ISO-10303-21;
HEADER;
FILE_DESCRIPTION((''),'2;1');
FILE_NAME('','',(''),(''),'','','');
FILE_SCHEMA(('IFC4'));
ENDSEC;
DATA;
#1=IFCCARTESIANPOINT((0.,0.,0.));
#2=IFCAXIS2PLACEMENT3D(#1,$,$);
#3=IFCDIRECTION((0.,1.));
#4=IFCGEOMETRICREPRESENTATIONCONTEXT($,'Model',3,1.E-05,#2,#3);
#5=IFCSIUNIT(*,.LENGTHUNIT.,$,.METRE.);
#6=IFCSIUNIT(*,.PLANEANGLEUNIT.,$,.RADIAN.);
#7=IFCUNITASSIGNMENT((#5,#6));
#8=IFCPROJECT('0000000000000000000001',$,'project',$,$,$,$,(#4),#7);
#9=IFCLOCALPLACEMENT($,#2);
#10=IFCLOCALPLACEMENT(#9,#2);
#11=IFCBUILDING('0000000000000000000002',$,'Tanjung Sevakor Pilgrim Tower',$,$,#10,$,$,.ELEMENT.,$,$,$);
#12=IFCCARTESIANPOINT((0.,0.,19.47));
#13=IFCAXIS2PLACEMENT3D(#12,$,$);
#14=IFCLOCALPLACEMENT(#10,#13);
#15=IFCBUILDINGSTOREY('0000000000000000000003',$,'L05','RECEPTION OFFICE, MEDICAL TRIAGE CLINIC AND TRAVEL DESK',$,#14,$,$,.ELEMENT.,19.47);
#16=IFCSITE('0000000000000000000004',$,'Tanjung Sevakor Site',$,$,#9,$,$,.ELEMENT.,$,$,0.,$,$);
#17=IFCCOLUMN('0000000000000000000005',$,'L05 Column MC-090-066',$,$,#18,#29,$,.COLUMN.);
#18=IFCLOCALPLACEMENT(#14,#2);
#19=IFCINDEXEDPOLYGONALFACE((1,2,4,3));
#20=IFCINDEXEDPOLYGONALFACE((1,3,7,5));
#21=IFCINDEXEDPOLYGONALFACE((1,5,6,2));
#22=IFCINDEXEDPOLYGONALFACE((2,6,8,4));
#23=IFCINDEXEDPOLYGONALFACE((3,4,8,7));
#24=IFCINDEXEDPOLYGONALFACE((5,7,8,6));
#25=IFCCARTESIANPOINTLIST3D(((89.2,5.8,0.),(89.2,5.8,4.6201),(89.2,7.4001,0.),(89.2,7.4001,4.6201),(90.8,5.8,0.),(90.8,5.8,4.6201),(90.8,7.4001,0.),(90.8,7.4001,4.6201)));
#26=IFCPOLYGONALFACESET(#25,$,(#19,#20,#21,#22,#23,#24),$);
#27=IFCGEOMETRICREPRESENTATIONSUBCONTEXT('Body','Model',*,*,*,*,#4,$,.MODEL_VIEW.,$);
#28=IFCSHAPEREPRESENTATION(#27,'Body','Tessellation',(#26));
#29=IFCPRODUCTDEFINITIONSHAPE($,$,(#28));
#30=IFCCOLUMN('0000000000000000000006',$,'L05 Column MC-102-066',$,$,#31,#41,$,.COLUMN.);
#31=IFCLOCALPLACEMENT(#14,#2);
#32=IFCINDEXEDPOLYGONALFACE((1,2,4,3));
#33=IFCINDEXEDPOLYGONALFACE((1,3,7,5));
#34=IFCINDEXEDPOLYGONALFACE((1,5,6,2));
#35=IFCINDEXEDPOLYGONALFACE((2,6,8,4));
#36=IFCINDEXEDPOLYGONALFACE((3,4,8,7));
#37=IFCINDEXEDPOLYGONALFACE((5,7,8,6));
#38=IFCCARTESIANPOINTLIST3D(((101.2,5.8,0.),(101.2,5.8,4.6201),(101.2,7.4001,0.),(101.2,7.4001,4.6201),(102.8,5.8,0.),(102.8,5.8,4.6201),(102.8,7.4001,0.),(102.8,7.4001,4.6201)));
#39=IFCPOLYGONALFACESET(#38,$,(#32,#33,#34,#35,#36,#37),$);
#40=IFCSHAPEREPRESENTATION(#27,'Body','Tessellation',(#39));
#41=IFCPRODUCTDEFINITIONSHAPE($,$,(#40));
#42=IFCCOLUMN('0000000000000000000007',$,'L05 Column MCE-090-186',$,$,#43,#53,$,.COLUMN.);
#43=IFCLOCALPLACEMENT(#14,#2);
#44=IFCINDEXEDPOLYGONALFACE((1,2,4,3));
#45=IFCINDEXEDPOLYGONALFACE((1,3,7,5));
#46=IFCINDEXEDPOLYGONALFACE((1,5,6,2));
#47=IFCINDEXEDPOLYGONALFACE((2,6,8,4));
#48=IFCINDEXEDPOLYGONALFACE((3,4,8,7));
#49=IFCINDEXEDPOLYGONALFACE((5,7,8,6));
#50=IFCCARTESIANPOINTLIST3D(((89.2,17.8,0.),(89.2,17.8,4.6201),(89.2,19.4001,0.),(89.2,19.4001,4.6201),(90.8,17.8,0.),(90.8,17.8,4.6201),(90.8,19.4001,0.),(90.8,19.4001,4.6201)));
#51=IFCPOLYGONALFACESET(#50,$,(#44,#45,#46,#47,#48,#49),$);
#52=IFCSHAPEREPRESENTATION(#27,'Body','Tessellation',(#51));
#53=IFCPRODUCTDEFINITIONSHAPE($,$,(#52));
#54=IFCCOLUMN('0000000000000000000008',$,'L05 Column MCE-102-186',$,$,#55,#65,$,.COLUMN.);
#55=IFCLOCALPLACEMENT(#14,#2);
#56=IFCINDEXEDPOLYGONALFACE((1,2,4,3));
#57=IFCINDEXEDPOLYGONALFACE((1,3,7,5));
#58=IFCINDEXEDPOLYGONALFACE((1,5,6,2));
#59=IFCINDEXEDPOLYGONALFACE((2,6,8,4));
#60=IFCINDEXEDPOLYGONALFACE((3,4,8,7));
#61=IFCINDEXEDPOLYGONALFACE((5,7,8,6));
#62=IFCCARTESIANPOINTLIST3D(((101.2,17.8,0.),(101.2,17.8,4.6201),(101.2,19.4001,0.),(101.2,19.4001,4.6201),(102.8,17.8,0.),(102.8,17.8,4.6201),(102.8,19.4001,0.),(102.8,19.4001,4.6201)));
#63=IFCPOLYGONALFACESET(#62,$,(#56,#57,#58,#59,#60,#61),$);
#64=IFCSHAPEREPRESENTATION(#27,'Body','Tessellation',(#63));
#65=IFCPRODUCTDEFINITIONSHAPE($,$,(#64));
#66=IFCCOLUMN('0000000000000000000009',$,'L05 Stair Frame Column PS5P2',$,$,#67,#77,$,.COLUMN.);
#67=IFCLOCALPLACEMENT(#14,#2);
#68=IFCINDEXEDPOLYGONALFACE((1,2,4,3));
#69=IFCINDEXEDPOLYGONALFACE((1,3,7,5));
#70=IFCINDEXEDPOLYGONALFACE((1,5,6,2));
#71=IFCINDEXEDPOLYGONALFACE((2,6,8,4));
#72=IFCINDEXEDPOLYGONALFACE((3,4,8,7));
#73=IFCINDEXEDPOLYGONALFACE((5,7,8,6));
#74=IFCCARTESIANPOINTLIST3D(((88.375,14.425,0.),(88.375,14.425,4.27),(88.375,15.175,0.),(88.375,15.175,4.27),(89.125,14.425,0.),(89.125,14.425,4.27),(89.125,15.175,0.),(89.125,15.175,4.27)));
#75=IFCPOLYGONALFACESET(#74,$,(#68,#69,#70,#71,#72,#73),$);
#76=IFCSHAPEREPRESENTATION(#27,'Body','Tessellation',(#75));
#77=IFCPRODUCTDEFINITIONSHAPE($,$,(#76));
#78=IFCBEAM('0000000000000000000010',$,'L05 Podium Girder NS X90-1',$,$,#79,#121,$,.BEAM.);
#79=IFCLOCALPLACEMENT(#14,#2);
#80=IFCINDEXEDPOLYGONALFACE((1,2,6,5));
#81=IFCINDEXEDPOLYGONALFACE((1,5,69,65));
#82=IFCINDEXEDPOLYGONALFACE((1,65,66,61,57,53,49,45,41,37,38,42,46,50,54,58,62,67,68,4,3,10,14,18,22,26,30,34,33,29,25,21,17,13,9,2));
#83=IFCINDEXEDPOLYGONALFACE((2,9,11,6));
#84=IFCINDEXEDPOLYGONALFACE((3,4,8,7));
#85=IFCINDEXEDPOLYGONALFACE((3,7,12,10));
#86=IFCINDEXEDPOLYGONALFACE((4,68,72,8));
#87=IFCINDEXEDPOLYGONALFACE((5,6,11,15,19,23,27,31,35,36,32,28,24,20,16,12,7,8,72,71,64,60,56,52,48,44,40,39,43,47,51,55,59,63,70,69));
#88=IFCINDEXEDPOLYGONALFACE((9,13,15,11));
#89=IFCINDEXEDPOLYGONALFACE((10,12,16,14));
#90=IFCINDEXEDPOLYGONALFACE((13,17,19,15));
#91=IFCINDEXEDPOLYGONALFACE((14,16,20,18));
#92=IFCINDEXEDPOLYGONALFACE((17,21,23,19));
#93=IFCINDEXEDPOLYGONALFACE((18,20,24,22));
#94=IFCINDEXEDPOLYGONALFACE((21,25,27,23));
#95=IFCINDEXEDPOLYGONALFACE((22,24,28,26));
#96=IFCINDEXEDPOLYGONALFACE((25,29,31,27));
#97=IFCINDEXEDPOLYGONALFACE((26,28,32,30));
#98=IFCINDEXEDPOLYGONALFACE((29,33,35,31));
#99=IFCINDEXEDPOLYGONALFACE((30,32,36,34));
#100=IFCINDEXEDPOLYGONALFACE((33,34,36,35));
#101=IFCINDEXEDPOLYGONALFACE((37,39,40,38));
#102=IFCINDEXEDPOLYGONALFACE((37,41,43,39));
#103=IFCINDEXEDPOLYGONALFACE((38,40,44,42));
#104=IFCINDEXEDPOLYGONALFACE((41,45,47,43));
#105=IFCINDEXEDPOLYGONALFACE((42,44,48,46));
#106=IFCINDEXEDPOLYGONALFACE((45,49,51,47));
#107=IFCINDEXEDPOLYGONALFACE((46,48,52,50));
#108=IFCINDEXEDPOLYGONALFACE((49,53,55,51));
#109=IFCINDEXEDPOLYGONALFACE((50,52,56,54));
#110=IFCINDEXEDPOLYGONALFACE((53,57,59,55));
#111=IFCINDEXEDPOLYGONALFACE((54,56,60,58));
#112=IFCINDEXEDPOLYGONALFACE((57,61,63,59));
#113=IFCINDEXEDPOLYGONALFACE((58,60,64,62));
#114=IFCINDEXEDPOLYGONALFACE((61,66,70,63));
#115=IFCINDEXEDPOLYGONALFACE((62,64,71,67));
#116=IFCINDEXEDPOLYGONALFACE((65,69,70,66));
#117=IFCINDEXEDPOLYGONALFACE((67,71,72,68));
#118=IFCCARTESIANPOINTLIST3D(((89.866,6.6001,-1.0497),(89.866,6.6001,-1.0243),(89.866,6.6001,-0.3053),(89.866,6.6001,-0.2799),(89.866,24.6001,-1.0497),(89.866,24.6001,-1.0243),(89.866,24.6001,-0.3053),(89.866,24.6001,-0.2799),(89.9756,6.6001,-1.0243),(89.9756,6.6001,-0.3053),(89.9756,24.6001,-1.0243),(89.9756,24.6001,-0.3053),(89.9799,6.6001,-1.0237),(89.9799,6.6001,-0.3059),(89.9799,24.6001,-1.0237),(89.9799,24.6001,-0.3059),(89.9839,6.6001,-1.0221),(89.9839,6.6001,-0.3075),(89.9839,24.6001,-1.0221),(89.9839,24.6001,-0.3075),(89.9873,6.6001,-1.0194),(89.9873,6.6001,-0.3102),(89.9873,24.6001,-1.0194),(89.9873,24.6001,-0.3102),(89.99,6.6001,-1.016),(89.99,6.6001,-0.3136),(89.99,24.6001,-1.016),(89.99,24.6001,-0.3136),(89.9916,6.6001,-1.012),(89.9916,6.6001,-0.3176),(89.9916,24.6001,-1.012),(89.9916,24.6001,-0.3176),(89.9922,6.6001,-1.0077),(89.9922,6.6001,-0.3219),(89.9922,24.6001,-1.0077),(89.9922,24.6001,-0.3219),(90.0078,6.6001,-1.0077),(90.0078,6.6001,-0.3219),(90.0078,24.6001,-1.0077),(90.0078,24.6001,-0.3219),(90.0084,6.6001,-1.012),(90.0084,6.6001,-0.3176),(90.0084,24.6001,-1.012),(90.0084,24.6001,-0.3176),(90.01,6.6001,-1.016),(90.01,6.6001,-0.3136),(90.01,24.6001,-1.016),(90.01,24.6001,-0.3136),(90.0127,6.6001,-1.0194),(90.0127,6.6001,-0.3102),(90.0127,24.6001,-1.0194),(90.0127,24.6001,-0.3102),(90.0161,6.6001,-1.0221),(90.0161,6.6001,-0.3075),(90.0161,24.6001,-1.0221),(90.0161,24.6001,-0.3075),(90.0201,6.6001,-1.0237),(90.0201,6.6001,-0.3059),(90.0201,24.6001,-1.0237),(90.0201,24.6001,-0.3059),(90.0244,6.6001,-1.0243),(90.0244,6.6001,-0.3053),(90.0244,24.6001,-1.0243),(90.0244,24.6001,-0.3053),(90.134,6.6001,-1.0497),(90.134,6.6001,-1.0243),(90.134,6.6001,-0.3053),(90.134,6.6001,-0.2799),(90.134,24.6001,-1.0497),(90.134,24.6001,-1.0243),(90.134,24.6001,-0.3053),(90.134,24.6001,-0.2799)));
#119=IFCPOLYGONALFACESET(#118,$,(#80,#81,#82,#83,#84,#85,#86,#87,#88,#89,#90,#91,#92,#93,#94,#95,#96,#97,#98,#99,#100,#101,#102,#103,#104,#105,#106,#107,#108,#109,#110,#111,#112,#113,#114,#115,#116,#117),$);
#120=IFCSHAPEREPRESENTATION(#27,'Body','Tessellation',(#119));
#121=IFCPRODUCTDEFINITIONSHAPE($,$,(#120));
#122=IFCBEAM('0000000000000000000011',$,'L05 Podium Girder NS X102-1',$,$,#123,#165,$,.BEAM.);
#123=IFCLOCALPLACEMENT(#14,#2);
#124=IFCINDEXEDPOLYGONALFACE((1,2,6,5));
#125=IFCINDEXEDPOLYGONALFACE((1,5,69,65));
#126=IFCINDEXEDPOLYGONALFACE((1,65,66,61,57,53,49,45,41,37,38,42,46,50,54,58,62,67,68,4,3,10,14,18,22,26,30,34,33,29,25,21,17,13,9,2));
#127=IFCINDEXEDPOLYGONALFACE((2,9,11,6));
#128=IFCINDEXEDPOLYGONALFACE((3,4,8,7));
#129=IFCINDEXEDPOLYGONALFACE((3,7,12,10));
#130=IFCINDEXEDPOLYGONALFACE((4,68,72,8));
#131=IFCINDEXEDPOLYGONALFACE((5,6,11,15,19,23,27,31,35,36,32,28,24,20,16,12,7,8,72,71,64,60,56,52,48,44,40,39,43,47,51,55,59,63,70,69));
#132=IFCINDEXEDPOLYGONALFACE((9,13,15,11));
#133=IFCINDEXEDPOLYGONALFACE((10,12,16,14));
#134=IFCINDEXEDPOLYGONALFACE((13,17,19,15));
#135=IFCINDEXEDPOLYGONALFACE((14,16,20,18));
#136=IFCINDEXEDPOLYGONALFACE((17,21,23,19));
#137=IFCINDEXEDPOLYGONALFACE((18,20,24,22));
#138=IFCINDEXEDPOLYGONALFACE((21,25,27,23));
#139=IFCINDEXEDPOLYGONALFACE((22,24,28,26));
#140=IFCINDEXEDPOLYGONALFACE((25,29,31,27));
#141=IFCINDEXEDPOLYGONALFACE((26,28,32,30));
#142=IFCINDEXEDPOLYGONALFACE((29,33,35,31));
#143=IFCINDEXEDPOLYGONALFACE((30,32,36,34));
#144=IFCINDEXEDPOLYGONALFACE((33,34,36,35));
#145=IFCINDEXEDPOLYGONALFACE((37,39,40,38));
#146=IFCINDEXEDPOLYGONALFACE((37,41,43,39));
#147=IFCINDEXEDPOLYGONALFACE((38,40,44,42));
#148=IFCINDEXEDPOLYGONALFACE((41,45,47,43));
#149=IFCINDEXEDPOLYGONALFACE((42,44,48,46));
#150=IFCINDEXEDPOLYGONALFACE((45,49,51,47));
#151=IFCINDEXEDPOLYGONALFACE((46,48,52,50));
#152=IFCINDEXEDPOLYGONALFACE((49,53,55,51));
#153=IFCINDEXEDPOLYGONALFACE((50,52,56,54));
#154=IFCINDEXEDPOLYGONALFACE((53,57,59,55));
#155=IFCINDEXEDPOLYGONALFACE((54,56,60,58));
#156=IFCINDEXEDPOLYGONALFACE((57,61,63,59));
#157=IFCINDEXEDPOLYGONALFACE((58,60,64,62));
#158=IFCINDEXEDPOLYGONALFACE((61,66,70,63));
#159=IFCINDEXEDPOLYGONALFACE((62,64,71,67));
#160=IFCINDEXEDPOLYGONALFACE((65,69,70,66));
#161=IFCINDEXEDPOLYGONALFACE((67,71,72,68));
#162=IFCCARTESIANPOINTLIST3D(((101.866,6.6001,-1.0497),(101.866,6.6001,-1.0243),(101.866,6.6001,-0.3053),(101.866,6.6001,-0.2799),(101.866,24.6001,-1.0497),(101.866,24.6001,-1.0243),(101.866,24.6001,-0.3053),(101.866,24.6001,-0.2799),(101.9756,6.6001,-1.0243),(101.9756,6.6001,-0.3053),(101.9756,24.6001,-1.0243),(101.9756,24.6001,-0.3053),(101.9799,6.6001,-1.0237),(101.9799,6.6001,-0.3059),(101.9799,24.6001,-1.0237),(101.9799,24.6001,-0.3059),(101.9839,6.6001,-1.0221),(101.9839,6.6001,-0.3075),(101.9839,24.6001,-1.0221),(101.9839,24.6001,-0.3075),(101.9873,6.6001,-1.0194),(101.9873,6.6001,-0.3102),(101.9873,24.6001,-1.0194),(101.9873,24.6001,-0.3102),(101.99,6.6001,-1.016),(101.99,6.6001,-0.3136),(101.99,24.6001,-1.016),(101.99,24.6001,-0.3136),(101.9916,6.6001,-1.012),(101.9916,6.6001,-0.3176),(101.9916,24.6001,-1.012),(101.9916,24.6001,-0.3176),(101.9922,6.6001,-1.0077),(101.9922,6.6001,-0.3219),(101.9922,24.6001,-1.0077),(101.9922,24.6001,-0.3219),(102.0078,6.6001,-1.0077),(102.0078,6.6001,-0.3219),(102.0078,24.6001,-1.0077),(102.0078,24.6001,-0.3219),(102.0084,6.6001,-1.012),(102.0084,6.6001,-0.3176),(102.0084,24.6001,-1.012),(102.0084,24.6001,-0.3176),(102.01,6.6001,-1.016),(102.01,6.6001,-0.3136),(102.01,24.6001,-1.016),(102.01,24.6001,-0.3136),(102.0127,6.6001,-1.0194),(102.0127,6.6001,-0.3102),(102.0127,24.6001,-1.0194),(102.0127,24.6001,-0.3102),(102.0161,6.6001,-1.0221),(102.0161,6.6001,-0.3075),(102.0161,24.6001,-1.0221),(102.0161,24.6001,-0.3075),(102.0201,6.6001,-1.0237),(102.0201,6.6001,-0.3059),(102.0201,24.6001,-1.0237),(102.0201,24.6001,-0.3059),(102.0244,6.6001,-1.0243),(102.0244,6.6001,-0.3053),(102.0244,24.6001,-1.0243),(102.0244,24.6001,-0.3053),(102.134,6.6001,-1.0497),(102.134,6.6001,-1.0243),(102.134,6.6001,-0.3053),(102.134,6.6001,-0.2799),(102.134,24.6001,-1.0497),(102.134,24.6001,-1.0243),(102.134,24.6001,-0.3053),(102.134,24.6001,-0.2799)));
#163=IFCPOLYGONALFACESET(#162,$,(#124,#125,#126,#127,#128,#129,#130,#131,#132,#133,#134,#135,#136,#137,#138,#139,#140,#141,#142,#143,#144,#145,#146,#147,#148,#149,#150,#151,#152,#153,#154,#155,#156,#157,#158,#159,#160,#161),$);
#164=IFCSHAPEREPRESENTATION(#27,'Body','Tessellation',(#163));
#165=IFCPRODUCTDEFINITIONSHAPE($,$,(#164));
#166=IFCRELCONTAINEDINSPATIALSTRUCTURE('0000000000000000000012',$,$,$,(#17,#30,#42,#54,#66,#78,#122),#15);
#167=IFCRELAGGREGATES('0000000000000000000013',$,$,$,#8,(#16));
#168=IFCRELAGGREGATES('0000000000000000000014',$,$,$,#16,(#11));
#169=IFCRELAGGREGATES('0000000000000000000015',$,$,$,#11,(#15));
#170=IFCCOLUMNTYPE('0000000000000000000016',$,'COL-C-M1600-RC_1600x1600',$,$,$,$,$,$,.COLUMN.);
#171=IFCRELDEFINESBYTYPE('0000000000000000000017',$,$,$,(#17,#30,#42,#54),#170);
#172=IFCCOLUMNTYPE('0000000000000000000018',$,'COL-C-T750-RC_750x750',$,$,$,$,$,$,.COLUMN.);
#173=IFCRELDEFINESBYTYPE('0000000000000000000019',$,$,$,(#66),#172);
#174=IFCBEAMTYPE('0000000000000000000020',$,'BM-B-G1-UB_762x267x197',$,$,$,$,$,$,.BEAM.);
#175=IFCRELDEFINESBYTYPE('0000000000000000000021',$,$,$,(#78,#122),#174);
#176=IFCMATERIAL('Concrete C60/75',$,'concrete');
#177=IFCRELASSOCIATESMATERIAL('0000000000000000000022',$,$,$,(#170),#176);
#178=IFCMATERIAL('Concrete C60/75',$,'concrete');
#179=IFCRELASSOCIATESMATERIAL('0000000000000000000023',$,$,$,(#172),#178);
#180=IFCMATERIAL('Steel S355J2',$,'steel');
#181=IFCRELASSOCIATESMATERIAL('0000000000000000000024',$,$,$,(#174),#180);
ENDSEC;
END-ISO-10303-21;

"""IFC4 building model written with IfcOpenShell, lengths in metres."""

from ifc_helpers import new_model, si_unit, direction, frame, origin, origin_2d, place, context, subcontext, project, spatial, rectangle, i_section, extrude, material, material_profile, profile_set, type_object, element, save


model = new_model("IFC4")

# Units and contexts
model_context = context("Model", 3, precision=1e-05, world=origin(), true_north=direction((0.0, 1.0)))
body_context = subcontext(model_context, "Body", "Model", "MODEL_VIEW")
ifc_project = project(units=[si_unit("LENGTHUNIT", "METRE"), si_unit("PLANEANGLEUNIT", "RADIAN")], contexts=[model_context])

# Site, building, storey
site_placement = place(None, origin())
site = spatial("IfcSite", under=ifc_project, at=site_placement, Name="Tanjung Sevakor Site", CompositionType="ELEMENT", RefElevation=0.0)
building_placement = place(site_placement, origin())
building = spatial("IfcBuilding", under=site, at=building_placement, Name="Tanjung Sevakor Pilgrim Tower", CompositionType="ELEMENT")
storey_placement = place(building_placement, frame((0.0, 0.0, 19.47)))
storey = spatial("IfcBuildingStorey", under=building, at=storey_placement, Name="L05", Description="RECEPTION OFFICE, MEDICAL TRIAGE CLINIC AND TRAVEL DESK", CompositionType="ELEMENT", Elevation=19.47)

# Columns
ifc_material_1 = material(Name="Concrete C60/75", Category="concrete")
ifc_material_profile_1 = material_profile(ifc_material_1, rectangle(XDim=1.6001, YDim=1.6001, at=origin_2d()))
ifc_profile_set_1 = profile_set([ifc_material_profile_1], Name="Concrete C60/75")
column_type_1 = type_object("IfcColumnType", Name="COL-C-M1600-RC_1600x1600", PredefinedType="COLUMN", material=ifc_profile_set_1)
for number, where, z_axis, x_axis, name in (
    (1, (90.0, 6.6001, 0.0), (0.0, 0.0, 1.0), (1.0, 0.0, 0.0), "L05 Column MC-090-066"),
    (2, (102.0, 6.6001, 0.0), (0.0, 0.0, 1.0), (1.0, 0.0, 0.0), "L05 Column MC-102-066"),
    (3, (90.0, 18.6001, 0.0), (0.0, 0.0, 1.0), (1.0, 0.0, 0.0), "L05 Column MCE-090-186"),
    (4, (102.0, 18.6001, 0.0), (0.0, 0.0, 1.0), (1.0, 0.0, 0.0), "L05 Column MCE-102-186"),
):
    element("IfcColumn", number, at=place(storey_placement, frame(where, z_axis=z_axis, x_axis=x_axis)), inside=storey, type_object=column_type_1, Name=name, PredefinedType="COLUMN", context=body_context, shape_type="SweptSolid", body=[
        extrude(rectangle(XDim=1.6001, YDim=1.6001, at=origin_2d()), origin(), (0.0, 0.0, 1.0), 4.6201),
    ])
ifc_material_2 = material(Name="Concrete C60/75", Category="concrete")
ifc_material_profile_2 = material_profile(ifc_material_2, rectangle(XDim=0.75, YDim=0.75, at=origin_2d()))
ifc_profile_set_2 = profile_set([ifc_material_profile_2], Name="Concrete C60/75")
column_type_2 = type_object("IfcColumnType", Name="COL-C-T750-RC_750x750", PredefinedType="COLUMN", material=ifc_profile_set_2)
column_placement = place(storey_placement, frame((88.75, 14.8, 0.0), z_axis=(0.0, 0.0, 1.0), x_axis=(1.0, 0.0, 0.0)))
element("IfcColumn", 5, at=column_placement, inside=storey, type_object=column_type_2, Name="L05 Stair Frame Column PS5P2", PredefinedType="COLUMN", context=body_context, shape_type="SweptSolid", body=[
    extrude(rectangle(XDim=0.75, YDim=0.75, at=origin_2d()), origin(), (0.0, 0.0, 1.0), 4.27),
])

# Beams
ifc_material_3 = material(Name="Steel S355J2", Category="steel")
ifc_material_profile_3 = material_profile(ifc_material_3, i_section(OverallWidth=0.2681, OverallDepth=0.7698, WebThickness=0.0156, FlangeThickness=0.0254, FilletRadius=0.0166, at=origin_2d()))
ifc_profile_set_3 = profile_set([ifc_material_profile_3], Name="Steel S355J2")
beam_type_1 = type_object("IfcBeamType", Name="BM-B-G1-UB_762x267x197", PredefinedType="BEAM", material=ifc_profile_set_3)
for number, where, z_axis, x_axis, name in (
    (6, (90.0, 6.6001, -0.6648), (0.0, 1.0, 0.0), (-1.0, 0.0, 0.0), "L05 Podium Girder NS X90-1"),
    (7, (102.0, 6.6001, -0.6648), (0.0, 1.0, 0.0), (-1.0, 0.0, 0.0), "L05 Podium Girder NS X102-1"),
):
    element("IfcBeam", number, at=place(storey_placement, frame(where, z_axis=z_axis, x_axis=x_axis)), inside=storey, type_object=beam_type_1, Name=name, PredefinedType="BEAM", context=body_context, shape_type="SweptSolid", body=[
        extrude(i_section(OverallWidth=0.2681, OverallDepth=0.7698, WebThickness=0.0156, FlangeThickness=0.0254, FilletRadius=0.0166, at=origin_2d()), origin(), (0.0, 0.0, 1.0), 18.0),
    ])

save(model, "model.ifc")
